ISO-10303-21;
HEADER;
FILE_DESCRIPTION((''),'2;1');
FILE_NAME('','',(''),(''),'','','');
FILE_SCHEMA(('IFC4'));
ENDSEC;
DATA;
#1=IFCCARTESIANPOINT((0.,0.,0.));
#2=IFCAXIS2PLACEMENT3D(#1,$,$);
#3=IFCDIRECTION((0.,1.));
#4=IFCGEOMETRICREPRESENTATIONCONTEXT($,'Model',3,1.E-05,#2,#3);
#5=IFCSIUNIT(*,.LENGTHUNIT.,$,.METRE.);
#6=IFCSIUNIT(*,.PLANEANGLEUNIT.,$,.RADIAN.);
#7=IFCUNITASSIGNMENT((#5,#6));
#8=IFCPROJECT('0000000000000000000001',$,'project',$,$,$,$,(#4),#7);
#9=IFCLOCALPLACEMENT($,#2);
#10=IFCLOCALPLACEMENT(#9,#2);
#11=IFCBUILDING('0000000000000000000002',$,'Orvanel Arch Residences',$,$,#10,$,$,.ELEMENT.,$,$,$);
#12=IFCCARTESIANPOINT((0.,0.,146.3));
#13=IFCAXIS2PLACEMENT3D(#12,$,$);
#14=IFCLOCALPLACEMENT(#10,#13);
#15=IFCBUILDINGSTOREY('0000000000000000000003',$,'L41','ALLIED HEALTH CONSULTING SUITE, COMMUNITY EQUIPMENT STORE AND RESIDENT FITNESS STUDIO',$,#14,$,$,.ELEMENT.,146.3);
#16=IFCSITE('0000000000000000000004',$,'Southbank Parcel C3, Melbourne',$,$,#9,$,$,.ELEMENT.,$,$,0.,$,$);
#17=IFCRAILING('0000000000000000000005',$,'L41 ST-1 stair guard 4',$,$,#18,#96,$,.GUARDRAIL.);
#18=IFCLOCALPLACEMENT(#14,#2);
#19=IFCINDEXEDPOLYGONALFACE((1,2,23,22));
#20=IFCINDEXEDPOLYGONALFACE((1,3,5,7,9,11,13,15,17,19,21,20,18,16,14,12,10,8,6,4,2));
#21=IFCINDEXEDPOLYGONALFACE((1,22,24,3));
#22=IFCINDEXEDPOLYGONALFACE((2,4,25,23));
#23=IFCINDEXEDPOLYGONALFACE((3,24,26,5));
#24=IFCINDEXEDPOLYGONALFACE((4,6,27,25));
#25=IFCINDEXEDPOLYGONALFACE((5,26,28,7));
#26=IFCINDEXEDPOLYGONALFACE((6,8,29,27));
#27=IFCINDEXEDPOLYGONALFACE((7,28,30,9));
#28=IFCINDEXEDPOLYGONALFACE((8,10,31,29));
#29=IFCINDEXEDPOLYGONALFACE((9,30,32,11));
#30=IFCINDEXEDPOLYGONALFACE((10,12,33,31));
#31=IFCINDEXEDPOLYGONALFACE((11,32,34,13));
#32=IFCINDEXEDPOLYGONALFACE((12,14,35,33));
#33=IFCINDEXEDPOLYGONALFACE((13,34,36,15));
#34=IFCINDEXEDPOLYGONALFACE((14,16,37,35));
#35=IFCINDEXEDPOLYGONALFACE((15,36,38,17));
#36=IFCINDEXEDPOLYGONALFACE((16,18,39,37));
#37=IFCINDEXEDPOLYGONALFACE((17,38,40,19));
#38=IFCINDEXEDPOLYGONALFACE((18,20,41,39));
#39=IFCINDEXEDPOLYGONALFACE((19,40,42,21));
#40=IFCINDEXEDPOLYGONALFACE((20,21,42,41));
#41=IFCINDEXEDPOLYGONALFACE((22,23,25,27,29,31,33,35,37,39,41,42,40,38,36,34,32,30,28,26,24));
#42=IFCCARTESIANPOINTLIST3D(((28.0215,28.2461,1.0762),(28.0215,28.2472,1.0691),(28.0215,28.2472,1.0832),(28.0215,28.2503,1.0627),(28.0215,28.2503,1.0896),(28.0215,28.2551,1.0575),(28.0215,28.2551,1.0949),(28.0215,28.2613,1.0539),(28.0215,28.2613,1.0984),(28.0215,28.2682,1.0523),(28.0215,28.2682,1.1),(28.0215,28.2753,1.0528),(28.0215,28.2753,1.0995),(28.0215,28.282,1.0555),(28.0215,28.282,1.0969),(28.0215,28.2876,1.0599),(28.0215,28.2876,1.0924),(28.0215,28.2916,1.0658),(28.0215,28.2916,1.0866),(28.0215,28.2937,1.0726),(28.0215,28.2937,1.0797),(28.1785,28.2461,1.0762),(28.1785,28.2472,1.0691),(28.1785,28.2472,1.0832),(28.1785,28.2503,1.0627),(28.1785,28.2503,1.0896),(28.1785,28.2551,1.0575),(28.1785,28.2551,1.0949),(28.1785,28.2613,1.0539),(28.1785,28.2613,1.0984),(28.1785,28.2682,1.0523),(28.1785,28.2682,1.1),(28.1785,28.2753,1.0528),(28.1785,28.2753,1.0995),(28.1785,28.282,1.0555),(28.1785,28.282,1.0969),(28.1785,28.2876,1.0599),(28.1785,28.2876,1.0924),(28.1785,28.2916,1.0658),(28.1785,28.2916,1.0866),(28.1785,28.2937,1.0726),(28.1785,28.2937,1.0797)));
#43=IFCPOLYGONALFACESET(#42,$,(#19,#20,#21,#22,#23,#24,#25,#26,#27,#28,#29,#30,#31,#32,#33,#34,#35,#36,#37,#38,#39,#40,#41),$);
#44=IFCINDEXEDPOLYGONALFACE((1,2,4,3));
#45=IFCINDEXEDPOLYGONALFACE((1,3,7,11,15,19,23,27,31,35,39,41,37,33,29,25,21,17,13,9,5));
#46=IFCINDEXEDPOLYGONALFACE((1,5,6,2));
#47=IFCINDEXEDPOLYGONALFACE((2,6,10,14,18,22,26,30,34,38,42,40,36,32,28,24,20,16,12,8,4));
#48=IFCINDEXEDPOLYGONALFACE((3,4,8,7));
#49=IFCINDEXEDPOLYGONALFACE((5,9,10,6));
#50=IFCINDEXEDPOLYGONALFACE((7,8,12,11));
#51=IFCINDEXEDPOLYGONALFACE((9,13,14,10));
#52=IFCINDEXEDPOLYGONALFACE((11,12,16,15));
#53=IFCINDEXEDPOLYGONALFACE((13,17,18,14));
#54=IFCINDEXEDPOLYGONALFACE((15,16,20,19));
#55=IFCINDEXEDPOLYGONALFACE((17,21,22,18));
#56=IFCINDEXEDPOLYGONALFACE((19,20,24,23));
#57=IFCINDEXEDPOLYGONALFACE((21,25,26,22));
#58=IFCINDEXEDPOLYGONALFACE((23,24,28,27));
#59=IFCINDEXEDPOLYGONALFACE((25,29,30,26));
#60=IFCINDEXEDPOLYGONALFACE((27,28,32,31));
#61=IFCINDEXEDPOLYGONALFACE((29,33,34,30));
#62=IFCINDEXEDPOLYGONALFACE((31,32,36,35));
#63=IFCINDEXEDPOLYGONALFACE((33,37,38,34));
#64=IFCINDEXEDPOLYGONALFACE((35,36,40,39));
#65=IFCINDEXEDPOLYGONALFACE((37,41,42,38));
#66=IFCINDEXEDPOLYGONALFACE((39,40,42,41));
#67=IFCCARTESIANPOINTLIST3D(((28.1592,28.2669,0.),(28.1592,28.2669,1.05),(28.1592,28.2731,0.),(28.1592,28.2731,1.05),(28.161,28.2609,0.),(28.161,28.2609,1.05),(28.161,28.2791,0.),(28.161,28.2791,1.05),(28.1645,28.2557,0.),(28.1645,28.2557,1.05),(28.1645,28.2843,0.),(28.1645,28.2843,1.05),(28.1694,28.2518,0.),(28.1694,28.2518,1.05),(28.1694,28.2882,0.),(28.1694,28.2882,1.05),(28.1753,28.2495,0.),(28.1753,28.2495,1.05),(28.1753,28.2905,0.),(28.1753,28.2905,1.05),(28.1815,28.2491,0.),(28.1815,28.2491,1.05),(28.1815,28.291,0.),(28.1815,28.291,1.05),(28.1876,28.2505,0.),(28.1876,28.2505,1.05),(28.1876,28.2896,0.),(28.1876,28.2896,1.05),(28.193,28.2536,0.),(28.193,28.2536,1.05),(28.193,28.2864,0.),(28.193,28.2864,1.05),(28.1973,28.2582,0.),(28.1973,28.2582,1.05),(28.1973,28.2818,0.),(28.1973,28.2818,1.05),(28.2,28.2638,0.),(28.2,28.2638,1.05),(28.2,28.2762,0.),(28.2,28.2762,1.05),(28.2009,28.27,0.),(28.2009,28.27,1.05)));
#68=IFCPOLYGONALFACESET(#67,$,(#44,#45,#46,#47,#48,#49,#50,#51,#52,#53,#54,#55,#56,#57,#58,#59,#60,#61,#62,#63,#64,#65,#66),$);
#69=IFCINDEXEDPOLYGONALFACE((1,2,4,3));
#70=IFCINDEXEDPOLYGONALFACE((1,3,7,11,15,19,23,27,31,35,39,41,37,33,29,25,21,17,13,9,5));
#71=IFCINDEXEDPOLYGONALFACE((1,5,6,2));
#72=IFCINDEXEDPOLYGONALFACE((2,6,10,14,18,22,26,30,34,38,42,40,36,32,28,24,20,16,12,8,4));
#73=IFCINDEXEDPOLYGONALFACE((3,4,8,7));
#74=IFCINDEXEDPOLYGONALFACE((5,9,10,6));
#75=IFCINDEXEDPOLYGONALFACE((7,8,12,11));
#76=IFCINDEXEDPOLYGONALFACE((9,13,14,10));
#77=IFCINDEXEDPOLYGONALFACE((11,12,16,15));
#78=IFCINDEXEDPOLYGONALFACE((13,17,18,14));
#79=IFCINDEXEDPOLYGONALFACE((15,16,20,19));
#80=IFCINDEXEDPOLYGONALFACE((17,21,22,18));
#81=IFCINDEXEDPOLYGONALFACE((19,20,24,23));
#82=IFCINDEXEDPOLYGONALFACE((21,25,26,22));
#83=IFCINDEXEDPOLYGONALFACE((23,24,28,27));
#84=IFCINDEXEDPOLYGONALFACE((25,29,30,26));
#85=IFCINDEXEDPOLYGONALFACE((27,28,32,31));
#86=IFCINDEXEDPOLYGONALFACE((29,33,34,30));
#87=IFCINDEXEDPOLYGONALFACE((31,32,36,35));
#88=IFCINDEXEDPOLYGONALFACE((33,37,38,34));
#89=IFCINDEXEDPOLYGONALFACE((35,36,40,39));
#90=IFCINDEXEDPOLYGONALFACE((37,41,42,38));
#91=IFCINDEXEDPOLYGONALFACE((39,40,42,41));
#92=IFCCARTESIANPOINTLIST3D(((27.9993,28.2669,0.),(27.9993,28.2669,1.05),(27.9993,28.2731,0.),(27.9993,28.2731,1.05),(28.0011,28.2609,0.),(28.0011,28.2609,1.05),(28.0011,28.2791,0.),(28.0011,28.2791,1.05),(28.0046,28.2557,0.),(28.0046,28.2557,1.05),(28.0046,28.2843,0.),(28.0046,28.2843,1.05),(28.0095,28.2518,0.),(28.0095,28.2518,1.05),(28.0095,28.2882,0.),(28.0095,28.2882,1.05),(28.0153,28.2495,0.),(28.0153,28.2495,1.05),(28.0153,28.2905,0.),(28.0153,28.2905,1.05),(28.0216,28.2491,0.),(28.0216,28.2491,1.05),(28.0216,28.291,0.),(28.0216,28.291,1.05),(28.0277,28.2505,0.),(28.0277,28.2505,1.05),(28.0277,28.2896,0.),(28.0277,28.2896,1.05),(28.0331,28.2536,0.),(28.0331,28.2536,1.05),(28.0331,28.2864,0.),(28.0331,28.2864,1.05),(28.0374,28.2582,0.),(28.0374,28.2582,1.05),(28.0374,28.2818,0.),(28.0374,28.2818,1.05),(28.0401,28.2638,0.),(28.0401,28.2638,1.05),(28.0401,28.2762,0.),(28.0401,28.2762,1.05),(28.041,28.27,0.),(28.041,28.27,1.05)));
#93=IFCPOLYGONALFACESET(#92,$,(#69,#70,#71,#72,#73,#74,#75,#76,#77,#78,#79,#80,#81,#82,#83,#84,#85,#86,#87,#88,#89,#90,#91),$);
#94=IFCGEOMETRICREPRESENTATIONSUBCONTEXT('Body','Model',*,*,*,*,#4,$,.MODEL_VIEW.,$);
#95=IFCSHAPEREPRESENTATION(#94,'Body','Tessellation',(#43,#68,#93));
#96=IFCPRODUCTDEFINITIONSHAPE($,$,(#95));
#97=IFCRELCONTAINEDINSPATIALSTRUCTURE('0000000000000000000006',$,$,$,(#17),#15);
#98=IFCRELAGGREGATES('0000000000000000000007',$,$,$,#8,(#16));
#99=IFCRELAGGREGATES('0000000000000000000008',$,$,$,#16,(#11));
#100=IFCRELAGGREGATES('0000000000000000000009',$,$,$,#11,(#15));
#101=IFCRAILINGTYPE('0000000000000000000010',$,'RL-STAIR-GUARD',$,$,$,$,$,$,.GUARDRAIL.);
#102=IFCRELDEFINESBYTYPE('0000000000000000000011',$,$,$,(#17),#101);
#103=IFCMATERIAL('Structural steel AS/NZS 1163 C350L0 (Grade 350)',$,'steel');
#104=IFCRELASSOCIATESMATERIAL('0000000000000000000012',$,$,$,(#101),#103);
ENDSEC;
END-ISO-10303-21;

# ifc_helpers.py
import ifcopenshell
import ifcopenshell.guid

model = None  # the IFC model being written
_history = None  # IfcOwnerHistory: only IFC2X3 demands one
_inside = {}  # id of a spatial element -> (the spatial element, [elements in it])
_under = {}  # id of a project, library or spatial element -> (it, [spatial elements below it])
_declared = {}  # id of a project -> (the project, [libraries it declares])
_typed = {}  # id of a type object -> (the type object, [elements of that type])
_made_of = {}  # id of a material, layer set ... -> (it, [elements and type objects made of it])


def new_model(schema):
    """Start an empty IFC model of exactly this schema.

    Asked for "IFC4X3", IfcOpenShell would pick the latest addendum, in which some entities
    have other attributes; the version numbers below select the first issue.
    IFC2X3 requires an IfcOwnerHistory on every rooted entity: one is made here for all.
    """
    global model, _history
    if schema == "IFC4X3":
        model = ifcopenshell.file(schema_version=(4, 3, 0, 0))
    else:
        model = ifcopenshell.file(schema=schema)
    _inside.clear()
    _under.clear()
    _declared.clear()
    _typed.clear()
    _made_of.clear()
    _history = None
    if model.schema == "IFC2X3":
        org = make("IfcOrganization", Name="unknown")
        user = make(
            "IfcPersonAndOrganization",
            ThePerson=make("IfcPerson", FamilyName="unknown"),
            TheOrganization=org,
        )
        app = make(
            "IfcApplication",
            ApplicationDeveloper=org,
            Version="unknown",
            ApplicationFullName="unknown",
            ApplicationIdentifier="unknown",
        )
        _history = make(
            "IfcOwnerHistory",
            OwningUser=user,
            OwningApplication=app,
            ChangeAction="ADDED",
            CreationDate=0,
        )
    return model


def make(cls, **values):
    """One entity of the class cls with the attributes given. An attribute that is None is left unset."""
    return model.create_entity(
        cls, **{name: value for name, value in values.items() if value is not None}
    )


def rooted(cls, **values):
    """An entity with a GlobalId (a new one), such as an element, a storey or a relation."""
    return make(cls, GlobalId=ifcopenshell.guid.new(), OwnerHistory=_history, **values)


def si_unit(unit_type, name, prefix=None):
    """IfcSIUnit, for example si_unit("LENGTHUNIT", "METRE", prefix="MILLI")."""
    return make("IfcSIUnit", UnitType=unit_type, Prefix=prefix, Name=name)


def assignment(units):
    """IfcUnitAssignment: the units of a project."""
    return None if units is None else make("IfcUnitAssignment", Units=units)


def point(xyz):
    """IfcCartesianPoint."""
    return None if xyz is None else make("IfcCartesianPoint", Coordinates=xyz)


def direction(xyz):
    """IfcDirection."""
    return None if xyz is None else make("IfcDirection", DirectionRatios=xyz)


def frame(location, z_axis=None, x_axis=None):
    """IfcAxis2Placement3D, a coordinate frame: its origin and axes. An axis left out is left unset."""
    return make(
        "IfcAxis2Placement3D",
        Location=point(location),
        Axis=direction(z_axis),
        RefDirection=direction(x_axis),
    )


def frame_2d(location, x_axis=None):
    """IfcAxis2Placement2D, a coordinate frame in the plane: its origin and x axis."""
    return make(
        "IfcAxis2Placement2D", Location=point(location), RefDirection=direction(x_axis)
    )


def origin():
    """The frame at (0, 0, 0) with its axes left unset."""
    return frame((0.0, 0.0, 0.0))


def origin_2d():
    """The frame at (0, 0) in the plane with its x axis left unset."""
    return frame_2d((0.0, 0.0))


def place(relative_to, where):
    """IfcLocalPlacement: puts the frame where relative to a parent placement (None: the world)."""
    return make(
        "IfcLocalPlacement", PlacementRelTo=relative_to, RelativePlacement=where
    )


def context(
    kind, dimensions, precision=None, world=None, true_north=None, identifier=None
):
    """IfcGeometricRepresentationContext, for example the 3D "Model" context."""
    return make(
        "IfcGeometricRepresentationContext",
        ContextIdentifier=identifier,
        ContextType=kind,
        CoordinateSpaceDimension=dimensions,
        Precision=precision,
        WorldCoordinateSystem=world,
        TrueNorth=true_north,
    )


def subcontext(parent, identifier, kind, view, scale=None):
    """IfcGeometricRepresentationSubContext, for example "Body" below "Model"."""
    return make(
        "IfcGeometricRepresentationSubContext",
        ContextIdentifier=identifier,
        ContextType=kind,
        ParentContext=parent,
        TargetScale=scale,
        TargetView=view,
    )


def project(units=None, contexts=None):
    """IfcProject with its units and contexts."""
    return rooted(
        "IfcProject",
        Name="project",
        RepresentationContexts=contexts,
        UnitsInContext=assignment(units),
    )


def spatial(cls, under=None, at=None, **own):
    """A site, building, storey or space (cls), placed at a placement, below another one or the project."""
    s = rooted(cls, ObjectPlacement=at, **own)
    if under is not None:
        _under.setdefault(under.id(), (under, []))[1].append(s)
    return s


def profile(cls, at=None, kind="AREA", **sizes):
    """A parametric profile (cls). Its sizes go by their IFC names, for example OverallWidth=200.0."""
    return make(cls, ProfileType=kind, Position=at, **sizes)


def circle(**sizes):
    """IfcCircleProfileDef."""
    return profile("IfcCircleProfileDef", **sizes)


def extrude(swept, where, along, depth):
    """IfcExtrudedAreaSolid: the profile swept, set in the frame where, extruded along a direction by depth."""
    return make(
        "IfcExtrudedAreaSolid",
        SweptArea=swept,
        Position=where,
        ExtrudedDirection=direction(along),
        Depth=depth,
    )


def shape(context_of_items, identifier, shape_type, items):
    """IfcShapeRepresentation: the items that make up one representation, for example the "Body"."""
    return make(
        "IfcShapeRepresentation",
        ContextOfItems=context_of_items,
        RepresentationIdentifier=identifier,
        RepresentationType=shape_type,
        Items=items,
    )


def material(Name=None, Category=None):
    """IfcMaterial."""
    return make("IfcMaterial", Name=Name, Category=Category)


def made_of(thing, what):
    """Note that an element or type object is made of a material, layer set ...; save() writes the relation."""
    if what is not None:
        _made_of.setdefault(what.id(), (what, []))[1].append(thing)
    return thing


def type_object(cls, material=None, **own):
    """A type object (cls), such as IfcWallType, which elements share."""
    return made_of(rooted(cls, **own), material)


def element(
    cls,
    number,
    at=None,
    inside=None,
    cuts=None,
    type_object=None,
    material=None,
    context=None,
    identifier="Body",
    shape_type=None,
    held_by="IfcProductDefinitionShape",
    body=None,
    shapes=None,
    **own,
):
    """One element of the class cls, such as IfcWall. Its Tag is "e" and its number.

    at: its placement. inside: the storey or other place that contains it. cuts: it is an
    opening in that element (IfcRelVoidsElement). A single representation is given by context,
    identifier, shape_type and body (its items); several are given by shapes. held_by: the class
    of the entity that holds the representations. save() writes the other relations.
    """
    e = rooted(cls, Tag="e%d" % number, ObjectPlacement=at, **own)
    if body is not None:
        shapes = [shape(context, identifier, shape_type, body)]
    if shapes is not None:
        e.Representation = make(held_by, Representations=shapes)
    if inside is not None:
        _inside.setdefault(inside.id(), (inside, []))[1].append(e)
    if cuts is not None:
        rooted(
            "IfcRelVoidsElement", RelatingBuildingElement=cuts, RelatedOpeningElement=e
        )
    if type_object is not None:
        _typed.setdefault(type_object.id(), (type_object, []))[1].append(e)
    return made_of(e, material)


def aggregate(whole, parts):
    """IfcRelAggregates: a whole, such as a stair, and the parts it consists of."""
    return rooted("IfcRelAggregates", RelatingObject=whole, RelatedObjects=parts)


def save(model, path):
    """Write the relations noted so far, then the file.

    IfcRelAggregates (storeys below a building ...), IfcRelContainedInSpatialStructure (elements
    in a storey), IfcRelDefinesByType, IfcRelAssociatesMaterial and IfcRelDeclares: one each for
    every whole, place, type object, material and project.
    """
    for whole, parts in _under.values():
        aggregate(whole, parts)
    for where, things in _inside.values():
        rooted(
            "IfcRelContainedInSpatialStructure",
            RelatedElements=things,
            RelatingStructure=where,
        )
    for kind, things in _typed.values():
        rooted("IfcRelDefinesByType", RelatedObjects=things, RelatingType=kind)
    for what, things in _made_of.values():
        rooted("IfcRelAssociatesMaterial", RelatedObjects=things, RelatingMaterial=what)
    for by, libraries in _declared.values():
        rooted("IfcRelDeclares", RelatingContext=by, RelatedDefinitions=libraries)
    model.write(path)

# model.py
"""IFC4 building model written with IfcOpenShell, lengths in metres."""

from ifc_helpers import new_model, si_unit, direction, frame, origin, origin_2d, place, context, subcontext, project, spatial, circle, extrude, material, type_object, element, save


model = new_model("IFC4")

# Units and contexts
model_context = context("Model", 3, precision=1e-05, world=origin(), true_north=direction((0.0, 1.0)))
body_context = subcontext(model_context, "Body", "Model", "MODEL_VIEW")
ifc_project = project(units=[si_unit("LENGTHUNIT", "METRE"), si_unit("PLANEANGLEUNIT", "RADIAN")], contexts=[model_context])

# Site, building, storey
site_placement = place(None, origin())
site = spatial("IfcSite", under=ifc_project, at=site_placement, Name="Southbank Parcel C3, Melbourne", CompositionType="ELEMENT", RefElevation=0.0)
building_placement = place(site_placement, origin())
building = spatial("IfcBuilding", under=site, at=building_placement, Name="Orvanel Arch Residences", CompositionType="ELEMENT")
storey_placement = place(building_placement, frame((0.0, 0.0, 146.3)))
storey = spatial("IfcBuildingStorey", under=building, at=storey_placement, Name="L41", Description="ALLIED HEALTH CONSULTING SUITE, COMMUNITY EQUIPMENT STORE AND RESIDENT FITNESS STUDIO", CompositionType="ELEMENT", Elevation=146.3)

# Railing
ifc_material_1 = material(Name="Structural steel AS/NZS 1163 C350L0 (Grade 350)", Category="steel")
railing_type_1 = type_object("IfcRailingType", Name="RL-STAIR-GUARD", PredefinedType="GUARDRAIL", material=ifc_material_1)
railing_1_placement = place(storey_placement, frame((28.1799, 28.27, 0.0)))
element("IfcRailing", 1, at=railing_1_placement, inside=storey, type_object=railing_type_1, Name="L41 ST-1 stair guard 4", PredefinedType="GUARDRAIL", context=body_context, shape_type="SweptSolid", body=[
    extrude(circle(Radius=0.0239, at=origin_2d()), frame((-0.0015, 0.0, 1.0762), z_axis=(-1.0, 0.0, 0.0), x_axis=(0.0, -1.0, 0.0)), (0.0, 0.0, 1.0), 0.157),
    extrude(circle(Radius=0.021, at=origin_2d()), origin(), (0.0, 0.0, 1.0), 1.05),
    extrude(circle(Radius=0.021, at=origin_2d()), frame((-0.1599, 0.0, 0.0)), (0.0, 0.0, 1.0), 1.05),
])

save(model, "model.ifc")
